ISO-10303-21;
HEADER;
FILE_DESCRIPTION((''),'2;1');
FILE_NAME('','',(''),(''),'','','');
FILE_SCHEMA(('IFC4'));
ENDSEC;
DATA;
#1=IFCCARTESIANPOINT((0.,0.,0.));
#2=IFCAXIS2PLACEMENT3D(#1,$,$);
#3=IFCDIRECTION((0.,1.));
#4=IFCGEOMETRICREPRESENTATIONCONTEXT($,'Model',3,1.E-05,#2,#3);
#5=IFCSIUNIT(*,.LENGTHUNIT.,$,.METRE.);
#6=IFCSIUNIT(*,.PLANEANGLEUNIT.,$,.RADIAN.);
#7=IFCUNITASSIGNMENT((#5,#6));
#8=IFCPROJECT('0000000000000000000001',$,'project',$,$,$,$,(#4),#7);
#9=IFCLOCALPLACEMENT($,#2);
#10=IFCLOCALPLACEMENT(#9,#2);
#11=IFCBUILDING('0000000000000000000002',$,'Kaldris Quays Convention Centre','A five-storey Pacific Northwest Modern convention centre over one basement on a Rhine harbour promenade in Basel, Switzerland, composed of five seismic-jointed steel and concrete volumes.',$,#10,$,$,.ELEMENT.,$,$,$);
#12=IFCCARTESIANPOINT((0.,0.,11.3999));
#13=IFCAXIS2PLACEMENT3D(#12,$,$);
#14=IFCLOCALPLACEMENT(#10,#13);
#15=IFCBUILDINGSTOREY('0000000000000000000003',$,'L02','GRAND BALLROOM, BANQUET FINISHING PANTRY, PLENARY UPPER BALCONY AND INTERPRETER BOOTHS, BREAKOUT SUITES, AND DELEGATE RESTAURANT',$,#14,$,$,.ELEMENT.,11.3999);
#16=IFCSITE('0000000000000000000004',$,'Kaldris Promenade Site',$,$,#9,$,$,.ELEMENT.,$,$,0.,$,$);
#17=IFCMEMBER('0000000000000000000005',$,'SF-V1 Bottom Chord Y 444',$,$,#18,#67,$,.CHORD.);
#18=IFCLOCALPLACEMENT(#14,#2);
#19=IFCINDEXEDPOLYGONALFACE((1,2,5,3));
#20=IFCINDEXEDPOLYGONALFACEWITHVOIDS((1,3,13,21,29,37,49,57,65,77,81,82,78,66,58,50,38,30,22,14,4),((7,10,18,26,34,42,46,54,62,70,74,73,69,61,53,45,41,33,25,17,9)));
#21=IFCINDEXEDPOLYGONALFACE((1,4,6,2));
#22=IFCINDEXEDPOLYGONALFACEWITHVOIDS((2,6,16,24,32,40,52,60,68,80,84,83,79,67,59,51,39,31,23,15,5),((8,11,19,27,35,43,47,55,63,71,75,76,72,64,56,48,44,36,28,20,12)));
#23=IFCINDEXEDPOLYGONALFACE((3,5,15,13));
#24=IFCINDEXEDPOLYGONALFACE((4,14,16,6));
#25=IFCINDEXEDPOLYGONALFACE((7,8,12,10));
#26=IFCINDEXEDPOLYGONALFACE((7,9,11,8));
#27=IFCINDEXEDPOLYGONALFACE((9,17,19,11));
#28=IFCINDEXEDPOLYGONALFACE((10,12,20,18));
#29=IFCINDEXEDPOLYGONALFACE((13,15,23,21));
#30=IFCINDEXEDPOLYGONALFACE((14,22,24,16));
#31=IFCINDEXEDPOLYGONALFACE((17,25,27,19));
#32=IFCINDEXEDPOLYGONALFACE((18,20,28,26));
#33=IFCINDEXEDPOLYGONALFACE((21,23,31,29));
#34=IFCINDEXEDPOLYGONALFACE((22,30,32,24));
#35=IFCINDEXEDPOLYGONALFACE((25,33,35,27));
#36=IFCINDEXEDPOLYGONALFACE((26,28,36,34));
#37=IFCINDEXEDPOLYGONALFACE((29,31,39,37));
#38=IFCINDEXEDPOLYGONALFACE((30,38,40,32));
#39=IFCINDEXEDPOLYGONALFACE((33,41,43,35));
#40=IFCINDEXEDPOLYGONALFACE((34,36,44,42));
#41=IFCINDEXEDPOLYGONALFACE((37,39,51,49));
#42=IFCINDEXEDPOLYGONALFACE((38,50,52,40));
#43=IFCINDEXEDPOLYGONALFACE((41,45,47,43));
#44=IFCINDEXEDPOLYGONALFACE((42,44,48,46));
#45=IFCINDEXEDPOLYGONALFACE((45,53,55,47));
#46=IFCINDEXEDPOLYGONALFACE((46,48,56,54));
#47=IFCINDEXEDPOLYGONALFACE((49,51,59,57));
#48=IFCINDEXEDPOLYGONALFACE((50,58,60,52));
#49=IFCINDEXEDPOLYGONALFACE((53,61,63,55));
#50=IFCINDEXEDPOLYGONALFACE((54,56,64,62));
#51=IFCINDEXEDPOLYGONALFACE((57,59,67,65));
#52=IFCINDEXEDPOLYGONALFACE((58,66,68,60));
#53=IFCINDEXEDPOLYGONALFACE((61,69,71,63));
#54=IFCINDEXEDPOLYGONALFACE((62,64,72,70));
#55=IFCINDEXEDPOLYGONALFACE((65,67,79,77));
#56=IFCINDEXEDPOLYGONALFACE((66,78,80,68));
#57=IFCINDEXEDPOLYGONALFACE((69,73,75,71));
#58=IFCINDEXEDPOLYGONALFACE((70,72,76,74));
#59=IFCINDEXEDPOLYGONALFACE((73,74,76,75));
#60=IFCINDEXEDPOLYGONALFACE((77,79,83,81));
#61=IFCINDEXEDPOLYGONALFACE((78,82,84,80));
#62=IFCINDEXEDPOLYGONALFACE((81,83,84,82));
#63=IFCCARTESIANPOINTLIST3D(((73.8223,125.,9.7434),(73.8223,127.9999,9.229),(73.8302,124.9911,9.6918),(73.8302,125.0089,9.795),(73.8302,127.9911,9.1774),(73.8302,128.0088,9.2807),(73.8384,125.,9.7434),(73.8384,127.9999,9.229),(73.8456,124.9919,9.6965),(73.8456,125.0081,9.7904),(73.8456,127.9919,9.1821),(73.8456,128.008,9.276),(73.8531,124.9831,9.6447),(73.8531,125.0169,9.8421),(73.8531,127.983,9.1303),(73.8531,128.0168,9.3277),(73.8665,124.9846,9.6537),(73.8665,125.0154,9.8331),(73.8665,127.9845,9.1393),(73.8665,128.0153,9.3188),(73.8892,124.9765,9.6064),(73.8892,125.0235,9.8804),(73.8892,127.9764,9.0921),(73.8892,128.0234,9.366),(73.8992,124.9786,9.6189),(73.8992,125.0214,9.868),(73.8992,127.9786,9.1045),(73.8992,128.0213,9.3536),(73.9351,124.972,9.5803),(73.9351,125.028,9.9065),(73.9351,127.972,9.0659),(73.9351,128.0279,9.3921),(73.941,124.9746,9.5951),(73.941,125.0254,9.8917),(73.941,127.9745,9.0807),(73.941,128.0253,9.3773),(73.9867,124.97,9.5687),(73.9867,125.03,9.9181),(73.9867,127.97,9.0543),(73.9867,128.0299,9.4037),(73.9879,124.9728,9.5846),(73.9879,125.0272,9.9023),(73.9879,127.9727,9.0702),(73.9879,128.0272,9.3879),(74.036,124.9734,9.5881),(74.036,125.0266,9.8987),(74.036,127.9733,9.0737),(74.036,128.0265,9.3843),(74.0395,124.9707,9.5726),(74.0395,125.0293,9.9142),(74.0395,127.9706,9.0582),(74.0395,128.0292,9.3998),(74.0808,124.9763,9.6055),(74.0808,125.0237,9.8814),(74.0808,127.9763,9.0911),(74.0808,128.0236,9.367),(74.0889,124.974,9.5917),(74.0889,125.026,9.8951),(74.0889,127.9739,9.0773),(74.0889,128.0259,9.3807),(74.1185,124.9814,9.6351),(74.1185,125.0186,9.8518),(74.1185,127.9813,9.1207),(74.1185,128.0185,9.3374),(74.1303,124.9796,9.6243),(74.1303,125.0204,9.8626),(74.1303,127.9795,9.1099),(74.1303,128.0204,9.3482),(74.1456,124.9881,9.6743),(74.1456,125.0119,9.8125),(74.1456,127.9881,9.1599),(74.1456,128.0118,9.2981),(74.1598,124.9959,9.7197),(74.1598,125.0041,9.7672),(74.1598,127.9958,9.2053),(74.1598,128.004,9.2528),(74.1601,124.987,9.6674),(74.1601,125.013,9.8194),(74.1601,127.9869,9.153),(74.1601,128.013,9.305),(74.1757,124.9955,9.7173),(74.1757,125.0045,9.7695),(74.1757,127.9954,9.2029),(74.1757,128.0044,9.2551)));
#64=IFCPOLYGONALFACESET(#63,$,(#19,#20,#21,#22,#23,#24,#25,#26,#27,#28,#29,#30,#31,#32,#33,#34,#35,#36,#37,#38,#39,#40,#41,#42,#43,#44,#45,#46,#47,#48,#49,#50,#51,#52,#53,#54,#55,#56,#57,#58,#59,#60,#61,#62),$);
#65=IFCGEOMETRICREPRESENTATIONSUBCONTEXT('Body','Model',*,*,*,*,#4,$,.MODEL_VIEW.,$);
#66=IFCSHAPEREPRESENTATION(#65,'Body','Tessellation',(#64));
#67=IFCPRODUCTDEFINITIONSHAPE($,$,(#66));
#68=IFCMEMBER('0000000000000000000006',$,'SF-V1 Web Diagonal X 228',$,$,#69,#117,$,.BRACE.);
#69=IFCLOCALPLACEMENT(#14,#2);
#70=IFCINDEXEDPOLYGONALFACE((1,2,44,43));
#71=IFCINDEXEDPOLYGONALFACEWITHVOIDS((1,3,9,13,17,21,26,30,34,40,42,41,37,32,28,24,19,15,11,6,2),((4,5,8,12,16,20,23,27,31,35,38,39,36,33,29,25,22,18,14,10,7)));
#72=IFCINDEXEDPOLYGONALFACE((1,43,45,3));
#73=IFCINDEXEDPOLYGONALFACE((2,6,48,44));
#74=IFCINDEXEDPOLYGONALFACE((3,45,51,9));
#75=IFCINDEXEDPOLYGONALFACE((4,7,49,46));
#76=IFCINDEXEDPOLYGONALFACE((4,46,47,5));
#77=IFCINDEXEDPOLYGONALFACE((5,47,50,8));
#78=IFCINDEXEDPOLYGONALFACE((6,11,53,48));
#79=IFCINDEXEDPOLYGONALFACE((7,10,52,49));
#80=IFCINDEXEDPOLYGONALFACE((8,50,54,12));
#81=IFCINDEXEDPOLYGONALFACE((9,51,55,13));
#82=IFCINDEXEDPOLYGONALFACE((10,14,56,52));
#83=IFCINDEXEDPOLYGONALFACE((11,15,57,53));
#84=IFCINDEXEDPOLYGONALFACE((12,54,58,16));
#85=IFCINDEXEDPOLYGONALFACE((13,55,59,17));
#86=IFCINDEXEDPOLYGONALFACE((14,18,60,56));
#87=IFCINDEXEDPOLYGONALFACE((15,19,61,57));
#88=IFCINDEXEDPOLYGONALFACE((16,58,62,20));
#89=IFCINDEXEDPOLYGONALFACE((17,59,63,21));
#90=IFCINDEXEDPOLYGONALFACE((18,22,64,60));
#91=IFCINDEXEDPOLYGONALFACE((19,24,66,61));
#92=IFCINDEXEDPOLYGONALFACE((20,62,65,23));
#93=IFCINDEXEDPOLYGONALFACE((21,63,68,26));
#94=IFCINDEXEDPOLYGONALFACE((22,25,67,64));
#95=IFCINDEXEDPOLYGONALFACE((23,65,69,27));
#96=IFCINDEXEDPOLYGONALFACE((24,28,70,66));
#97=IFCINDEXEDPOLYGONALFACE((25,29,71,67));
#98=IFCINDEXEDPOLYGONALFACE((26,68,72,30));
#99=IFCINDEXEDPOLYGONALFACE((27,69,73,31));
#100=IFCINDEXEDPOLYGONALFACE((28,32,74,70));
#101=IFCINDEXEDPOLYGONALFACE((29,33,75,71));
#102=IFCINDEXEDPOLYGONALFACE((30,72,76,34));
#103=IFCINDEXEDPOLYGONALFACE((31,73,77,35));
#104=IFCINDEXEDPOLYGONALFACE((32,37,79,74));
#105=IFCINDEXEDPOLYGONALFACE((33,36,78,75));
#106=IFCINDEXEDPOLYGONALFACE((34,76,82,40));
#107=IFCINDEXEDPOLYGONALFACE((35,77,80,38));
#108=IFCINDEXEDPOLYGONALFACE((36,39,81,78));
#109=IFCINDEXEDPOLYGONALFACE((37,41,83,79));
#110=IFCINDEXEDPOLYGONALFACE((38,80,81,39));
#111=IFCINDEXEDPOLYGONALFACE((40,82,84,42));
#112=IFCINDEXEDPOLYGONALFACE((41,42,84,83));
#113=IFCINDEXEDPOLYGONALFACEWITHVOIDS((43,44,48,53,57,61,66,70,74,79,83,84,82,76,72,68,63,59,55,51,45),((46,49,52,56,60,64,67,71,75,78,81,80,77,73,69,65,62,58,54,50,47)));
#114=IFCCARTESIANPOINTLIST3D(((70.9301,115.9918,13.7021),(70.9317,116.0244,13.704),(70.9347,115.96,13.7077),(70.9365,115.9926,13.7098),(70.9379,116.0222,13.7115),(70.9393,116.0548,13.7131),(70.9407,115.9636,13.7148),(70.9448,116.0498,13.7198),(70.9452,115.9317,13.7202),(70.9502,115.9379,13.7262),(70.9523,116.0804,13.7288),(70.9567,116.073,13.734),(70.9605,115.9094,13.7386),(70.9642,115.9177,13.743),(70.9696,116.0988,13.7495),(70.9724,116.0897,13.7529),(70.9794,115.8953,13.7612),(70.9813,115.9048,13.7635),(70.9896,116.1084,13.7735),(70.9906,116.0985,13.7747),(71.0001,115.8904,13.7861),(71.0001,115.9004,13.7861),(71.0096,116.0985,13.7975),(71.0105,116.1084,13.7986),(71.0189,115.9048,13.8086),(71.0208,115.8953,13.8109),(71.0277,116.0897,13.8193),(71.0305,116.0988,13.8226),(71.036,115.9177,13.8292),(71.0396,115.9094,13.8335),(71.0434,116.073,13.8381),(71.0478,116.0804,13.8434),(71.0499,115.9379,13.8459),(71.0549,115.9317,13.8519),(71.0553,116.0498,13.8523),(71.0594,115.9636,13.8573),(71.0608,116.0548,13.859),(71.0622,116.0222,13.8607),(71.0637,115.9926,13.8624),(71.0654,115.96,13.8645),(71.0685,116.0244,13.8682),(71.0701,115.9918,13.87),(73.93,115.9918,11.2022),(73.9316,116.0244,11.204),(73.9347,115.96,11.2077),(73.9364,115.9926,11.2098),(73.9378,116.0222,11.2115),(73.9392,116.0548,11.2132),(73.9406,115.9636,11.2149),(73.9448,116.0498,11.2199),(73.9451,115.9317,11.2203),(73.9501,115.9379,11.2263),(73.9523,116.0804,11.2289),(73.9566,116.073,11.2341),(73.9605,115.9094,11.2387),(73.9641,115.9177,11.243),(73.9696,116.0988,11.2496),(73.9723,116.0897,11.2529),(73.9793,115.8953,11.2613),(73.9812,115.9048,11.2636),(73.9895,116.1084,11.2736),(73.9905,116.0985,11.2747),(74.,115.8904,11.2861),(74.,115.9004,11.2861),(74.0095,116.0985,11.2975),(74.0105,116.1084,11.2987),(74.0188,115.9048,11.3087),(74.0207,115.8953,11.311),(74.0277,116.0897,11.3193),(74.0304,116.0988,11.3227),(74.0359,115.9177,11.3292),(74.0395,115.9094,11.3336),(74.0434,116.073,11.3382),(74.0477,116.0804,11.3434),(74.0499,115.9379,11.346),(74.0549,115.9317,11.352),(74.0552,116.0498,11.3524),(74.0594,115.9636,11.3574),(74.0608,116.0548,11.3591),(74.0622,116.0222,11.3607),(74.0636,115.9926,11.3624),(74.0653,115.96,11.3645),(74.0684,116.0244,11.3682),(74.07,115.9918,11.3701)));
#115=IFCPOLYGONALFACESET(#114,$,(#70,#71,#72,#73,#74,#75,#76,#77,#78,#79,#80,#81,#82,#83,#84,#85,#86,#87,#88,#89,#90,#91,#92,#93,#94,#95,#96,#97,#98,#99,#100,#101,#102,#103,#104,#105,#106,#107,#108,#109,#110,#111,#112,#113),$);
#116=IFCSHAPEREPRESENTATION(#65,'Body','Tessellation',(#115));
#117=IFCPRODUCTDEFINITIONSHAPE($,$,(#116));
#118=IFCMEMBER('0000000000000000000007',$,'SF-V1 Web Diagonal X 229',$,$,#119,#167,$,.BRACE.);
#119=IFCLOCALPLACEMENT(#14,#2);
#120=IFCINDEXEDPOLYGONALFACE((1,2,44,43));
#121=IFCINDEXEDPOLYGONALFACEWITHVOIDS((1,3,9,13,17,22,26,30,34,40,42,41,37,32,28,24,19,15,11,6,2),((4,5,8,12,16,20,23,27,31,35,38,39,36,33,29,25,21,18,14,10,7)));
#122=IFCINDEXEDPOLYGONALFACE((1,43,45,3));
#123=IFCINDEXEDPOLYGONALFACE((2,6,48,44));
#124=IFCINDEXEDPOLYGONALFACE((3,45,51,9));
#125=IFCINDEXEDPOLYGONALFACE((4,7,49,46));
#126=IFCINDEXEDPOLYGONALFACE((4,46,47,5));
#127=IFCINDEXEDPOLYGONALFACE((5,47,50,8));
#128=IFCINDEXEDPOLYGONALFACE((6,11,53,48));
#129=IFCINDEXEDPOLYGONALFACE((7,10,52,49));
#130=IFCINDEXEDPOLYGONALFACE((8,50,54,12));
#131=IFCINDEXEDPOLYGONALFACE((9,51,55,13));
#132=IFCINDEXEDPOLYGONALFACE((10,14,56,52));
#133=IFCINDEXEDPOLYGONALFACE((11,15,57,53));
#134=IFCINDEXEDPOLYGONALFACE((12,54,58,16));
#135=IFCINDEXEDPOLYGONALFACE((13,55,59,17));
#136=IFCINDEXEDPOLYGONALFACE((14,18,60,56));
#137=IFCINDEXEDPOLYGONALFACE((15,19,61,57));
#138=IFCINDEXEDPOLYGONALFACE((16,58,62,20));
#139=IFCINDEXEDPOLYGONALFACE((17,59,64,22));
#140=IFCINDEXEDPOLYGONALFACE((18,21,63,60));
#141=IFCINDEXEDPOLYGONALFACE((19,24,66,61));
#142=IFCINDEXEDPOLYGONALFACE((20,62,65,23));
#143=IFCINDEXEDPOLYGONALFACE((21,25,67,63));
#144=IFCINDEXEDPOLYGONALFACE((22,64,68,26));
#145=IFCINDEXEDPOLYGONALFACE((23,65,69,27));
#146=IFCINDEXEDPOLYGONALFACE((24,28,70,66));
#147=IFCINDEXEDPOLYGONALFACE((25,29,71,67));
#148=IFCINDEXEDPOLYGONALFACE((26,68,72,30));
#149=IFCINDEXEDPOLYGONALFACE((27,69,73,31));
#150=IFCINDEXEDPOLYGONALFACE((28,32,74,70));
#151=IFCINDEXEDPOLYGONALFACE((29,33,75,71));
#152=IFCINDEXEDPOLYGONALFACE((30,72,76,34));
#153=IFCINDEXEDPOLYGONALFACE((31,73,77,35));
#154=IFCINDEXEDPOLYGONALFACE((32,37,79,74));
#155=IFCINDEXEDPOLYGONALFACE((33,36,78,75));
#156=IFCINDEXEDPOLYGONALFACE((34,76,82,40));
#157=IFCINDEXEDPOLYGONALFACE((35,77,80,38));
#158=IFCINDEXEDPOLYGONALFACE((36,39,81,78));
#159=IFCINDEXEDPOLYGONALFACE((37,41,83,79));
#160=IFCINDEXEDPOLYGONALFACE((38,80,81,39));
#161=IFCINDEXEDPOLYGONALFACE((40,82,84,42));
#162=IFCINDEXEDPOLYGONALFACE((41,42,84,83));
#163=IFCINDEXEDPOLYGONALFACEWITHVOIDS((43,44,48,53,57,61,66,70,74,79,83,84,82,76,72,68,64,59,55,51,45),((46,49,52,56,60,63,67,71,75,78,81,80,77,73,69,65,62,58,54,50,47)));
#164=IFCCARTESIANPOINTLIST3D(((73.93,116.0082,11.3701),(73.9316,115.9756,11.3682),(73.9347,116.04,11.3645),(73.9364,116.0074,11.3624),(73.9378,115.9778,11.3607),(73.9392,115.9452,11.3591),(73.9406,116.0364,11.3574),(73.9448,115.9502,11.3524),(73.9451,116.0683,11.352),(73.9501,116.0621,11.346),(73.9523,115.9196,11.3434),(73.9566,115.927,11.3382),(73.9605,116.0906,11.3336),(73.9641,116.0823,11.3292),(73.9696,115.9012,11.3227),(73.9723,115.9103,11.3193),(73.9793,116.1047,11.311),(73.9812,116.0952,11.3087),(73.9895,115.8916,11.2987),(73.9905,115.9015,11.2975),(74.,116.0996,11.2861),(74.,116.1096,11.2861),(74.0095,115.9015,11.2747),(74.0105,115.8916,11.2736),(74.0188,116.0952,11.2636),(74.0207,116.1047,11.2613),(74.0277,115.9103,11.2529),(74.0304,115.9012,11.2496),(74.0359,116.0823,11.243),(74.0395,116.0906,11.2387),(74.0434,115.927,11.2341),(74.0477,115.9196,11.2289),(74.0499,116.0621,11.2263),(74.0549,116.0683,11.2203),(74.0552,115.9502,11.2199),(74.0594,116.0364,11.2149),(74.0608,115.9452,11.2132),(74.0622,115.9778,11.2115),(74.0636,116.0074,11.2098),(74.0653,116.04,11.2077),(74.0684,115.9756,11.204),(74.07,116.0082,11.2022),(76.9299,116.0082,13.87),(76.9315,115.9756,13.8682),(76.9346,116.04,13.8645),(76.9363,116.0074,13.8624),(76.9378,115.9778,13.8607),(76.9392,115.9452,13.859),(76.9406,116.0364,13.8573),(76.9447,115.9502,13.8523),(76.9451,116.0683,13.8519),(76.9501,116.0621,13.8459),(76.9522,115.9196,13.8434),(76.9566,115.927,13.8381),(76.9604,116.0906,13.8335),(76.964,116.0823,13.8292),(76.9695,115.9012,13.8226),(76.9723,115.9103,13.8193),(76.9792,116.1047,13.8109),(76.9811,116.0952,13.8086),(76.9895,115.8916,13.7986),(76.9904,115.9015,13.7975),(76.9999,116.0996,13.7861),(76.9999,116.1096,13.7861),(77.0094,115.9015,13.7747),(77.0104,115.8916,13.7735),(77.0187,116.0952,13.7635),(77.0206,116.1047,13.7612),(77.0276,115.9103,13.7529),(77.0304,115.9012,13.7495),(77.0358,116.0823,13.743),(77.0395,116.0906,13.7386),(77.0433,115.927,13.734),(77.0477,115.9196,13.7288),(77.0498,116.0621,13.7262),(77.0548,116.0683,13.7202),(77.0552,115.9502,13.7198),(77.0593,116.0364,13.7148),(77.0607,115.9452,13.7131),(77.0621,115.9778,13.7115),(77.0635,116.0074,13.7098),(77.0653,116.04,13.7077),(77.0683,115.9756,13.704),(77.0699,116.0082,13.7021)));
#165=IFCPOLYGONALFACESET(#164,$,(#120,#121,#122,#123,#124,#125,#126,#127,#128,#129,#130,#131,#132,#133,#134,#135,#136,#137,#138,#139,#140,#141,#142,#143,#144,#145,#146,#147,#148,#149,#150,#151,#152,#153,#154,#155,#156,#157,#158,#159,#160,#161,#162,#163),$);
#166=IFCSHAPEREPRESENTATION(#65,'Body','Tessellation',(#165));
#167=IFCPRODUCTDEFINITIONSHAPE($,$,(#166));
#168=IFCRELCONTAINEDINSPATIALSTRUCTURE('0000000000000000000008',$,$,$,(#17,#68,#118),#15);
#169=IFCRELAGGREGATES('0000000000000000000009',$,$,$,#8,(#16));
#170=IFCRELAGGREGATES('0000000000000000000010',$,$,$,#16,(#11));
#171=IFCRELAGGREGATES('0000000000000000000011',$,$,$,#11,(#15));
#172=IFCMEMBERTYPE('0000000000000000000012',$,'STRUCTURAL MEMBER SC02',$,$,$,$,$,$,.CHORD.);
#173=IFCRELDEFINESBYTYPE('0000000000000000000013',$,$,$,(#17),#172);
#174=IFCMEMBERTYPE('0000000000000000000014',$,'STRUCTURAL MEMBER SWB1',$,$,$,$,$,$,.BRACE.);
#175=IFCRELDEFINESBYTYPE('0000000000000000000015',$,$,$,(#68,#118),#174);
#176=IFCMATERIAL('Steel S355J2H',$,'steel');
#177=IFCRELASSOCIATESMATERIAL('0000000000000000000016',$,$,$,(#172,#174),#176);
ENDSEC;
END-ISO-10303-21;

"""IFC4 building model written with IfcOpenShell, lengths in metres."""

from ifc_helpers import new_model, si_unit, direction, frame, origin, origin_2d, place, context, subcontext, project, spatial, hollow_circle, extrude, material, material_profile, profile_set, type_object, element, save


model = new_model("IFC4")

# Units and contexts
model_context = context("Model", 3, precision=1e-05, world=origin(), true_north=direction((0.0, 1.0)))
body_context = subcontext(model_context, "Body", "Model", "MODEL_VIEW")
ifc_project = project(units=[si_unit("LENGTHUNIT", "METRE"), si_unit("PLANEANGLEUNIT", "RADIAN")], contexts=[model_context])

# Site, building, storey
site_placement = place(None, origin())
site = spatial("IfcSite", under=ifc_project, at=site_placement, Name="Kaldris Promenade Site", CompositionType="ELEMENT", RefElevation=0.0)
building_placement = place(site_placement, origin())
building = spatial("IfcBuilding", under=site, at=building_placement, Name="Kaldris Quays Convention Centre", Description="A five-storey Pacific Northwest Modern convention centre over one basement on a Rhine harbour promenade in Basel, Switzerland, composed of five seismic-jointed steel and concrete volumes.", CompositionType="ELEMENT")
storey_placement = place(building_placement, frame((0.0, 0.0, 11.3999)))
storey = spatial("IfcBuildingStorey", under=building, at=storey_placement, Name="L02", Description="GRAND BALLROOM, BANQUET FINISHING PANTRY, PLENARY UPPER BALCONY AND INTERPRETER BOOTHS, BREAKOUT SUITES, AND DELEGATE RESTAURANT", CompositionType="ELEMENT", Elevation=11.3999)

# Members
ifc_material_1 = material(Name="Steel S355J2H", Category="steel")
ifc_material_profile_1 = material_profile(ifc_material_1, hollow_circle(Radius=0.1777, WallThickness=0.0161, at=origin_2d()), Name="CHS 355.6x16")
ifc_profile_set_1 = profile_set([ifc_material_profile_1], Name="Steel S355J2H")
member_type_1 = type_object("IfcMemberType", Name="STRUCTURAL MEMBER SC02", PredefinedType="CHORD", material=ifc_profile_set_1)
for number, where, z_axis, x_axis, name in (
    (1, (74.0, 125.0, 9.7434), (0.0, 0.985616, -0.169002), (-1.0, 0.0, 0.0), "SF-V1 Bottom Chord Y 444"),
):
    element("IfcMember", number, at=place(storey_placement, frame(where, z_axis=z_axis, x_axis=x_axis)), inside=storey, type_object=member_type_1, Name=name, PredefinedType="CHORD", context=body_context, shape_type="SweptSolid", body=[
        extrude(hollow_circle(Radius=0.1777, WallThickness=0.0161, at=origin_2d()), origin(), (0.0, 0.0, 1.0), 3.0437),
    ])
ifc_material_profile_2 = material_profile(ifc_material_1, hollow_circle(Radius=0.1096, WallThickness=0.01, at=origin_2d()), Name="CHS 219.1x10")
ifc_profile_set_2 = profile_set([ifc_material_profile_2], Name="Steel S355J2H")
member_type_2 = type_object("IfcMemberType", Name="STRUCTURAL MEMBER SWB1", PredefinedType="BRACE", material=ifc_profile_set_2)
for number, where, z_axis, x_axis, name in (
    (2, (74.0, 116.0, 11.2861), (-0.768221, 0.0, 0.640184), (0.0, -1.0, 0.0), "SF-V1 Web Diagonal X 228"),
    (3, (74.0, 116.0, 11.2861), (0.768221, 0.0, 0.640184), (0.0, 1.0, 0.0), "SF-V1 Web Diagonal X 229"),
):
    element("IfcMember", number, at=place(storey_placement, frame(where, z_axis=z_axis, x_axis=x_axis)), inside=storey, type_object=member_type_2, Name=name, PredefinedType="BRACE", context=body_context, shape_type="SweptSolid", body=[
        extrude(hollow_circle(Radius=0.1096, WallThickness=0.01, at=origin_2d()), origin(), (0.0, 0.0, 1.0), 3.905),
    ])

save(model, "model.ifc")
